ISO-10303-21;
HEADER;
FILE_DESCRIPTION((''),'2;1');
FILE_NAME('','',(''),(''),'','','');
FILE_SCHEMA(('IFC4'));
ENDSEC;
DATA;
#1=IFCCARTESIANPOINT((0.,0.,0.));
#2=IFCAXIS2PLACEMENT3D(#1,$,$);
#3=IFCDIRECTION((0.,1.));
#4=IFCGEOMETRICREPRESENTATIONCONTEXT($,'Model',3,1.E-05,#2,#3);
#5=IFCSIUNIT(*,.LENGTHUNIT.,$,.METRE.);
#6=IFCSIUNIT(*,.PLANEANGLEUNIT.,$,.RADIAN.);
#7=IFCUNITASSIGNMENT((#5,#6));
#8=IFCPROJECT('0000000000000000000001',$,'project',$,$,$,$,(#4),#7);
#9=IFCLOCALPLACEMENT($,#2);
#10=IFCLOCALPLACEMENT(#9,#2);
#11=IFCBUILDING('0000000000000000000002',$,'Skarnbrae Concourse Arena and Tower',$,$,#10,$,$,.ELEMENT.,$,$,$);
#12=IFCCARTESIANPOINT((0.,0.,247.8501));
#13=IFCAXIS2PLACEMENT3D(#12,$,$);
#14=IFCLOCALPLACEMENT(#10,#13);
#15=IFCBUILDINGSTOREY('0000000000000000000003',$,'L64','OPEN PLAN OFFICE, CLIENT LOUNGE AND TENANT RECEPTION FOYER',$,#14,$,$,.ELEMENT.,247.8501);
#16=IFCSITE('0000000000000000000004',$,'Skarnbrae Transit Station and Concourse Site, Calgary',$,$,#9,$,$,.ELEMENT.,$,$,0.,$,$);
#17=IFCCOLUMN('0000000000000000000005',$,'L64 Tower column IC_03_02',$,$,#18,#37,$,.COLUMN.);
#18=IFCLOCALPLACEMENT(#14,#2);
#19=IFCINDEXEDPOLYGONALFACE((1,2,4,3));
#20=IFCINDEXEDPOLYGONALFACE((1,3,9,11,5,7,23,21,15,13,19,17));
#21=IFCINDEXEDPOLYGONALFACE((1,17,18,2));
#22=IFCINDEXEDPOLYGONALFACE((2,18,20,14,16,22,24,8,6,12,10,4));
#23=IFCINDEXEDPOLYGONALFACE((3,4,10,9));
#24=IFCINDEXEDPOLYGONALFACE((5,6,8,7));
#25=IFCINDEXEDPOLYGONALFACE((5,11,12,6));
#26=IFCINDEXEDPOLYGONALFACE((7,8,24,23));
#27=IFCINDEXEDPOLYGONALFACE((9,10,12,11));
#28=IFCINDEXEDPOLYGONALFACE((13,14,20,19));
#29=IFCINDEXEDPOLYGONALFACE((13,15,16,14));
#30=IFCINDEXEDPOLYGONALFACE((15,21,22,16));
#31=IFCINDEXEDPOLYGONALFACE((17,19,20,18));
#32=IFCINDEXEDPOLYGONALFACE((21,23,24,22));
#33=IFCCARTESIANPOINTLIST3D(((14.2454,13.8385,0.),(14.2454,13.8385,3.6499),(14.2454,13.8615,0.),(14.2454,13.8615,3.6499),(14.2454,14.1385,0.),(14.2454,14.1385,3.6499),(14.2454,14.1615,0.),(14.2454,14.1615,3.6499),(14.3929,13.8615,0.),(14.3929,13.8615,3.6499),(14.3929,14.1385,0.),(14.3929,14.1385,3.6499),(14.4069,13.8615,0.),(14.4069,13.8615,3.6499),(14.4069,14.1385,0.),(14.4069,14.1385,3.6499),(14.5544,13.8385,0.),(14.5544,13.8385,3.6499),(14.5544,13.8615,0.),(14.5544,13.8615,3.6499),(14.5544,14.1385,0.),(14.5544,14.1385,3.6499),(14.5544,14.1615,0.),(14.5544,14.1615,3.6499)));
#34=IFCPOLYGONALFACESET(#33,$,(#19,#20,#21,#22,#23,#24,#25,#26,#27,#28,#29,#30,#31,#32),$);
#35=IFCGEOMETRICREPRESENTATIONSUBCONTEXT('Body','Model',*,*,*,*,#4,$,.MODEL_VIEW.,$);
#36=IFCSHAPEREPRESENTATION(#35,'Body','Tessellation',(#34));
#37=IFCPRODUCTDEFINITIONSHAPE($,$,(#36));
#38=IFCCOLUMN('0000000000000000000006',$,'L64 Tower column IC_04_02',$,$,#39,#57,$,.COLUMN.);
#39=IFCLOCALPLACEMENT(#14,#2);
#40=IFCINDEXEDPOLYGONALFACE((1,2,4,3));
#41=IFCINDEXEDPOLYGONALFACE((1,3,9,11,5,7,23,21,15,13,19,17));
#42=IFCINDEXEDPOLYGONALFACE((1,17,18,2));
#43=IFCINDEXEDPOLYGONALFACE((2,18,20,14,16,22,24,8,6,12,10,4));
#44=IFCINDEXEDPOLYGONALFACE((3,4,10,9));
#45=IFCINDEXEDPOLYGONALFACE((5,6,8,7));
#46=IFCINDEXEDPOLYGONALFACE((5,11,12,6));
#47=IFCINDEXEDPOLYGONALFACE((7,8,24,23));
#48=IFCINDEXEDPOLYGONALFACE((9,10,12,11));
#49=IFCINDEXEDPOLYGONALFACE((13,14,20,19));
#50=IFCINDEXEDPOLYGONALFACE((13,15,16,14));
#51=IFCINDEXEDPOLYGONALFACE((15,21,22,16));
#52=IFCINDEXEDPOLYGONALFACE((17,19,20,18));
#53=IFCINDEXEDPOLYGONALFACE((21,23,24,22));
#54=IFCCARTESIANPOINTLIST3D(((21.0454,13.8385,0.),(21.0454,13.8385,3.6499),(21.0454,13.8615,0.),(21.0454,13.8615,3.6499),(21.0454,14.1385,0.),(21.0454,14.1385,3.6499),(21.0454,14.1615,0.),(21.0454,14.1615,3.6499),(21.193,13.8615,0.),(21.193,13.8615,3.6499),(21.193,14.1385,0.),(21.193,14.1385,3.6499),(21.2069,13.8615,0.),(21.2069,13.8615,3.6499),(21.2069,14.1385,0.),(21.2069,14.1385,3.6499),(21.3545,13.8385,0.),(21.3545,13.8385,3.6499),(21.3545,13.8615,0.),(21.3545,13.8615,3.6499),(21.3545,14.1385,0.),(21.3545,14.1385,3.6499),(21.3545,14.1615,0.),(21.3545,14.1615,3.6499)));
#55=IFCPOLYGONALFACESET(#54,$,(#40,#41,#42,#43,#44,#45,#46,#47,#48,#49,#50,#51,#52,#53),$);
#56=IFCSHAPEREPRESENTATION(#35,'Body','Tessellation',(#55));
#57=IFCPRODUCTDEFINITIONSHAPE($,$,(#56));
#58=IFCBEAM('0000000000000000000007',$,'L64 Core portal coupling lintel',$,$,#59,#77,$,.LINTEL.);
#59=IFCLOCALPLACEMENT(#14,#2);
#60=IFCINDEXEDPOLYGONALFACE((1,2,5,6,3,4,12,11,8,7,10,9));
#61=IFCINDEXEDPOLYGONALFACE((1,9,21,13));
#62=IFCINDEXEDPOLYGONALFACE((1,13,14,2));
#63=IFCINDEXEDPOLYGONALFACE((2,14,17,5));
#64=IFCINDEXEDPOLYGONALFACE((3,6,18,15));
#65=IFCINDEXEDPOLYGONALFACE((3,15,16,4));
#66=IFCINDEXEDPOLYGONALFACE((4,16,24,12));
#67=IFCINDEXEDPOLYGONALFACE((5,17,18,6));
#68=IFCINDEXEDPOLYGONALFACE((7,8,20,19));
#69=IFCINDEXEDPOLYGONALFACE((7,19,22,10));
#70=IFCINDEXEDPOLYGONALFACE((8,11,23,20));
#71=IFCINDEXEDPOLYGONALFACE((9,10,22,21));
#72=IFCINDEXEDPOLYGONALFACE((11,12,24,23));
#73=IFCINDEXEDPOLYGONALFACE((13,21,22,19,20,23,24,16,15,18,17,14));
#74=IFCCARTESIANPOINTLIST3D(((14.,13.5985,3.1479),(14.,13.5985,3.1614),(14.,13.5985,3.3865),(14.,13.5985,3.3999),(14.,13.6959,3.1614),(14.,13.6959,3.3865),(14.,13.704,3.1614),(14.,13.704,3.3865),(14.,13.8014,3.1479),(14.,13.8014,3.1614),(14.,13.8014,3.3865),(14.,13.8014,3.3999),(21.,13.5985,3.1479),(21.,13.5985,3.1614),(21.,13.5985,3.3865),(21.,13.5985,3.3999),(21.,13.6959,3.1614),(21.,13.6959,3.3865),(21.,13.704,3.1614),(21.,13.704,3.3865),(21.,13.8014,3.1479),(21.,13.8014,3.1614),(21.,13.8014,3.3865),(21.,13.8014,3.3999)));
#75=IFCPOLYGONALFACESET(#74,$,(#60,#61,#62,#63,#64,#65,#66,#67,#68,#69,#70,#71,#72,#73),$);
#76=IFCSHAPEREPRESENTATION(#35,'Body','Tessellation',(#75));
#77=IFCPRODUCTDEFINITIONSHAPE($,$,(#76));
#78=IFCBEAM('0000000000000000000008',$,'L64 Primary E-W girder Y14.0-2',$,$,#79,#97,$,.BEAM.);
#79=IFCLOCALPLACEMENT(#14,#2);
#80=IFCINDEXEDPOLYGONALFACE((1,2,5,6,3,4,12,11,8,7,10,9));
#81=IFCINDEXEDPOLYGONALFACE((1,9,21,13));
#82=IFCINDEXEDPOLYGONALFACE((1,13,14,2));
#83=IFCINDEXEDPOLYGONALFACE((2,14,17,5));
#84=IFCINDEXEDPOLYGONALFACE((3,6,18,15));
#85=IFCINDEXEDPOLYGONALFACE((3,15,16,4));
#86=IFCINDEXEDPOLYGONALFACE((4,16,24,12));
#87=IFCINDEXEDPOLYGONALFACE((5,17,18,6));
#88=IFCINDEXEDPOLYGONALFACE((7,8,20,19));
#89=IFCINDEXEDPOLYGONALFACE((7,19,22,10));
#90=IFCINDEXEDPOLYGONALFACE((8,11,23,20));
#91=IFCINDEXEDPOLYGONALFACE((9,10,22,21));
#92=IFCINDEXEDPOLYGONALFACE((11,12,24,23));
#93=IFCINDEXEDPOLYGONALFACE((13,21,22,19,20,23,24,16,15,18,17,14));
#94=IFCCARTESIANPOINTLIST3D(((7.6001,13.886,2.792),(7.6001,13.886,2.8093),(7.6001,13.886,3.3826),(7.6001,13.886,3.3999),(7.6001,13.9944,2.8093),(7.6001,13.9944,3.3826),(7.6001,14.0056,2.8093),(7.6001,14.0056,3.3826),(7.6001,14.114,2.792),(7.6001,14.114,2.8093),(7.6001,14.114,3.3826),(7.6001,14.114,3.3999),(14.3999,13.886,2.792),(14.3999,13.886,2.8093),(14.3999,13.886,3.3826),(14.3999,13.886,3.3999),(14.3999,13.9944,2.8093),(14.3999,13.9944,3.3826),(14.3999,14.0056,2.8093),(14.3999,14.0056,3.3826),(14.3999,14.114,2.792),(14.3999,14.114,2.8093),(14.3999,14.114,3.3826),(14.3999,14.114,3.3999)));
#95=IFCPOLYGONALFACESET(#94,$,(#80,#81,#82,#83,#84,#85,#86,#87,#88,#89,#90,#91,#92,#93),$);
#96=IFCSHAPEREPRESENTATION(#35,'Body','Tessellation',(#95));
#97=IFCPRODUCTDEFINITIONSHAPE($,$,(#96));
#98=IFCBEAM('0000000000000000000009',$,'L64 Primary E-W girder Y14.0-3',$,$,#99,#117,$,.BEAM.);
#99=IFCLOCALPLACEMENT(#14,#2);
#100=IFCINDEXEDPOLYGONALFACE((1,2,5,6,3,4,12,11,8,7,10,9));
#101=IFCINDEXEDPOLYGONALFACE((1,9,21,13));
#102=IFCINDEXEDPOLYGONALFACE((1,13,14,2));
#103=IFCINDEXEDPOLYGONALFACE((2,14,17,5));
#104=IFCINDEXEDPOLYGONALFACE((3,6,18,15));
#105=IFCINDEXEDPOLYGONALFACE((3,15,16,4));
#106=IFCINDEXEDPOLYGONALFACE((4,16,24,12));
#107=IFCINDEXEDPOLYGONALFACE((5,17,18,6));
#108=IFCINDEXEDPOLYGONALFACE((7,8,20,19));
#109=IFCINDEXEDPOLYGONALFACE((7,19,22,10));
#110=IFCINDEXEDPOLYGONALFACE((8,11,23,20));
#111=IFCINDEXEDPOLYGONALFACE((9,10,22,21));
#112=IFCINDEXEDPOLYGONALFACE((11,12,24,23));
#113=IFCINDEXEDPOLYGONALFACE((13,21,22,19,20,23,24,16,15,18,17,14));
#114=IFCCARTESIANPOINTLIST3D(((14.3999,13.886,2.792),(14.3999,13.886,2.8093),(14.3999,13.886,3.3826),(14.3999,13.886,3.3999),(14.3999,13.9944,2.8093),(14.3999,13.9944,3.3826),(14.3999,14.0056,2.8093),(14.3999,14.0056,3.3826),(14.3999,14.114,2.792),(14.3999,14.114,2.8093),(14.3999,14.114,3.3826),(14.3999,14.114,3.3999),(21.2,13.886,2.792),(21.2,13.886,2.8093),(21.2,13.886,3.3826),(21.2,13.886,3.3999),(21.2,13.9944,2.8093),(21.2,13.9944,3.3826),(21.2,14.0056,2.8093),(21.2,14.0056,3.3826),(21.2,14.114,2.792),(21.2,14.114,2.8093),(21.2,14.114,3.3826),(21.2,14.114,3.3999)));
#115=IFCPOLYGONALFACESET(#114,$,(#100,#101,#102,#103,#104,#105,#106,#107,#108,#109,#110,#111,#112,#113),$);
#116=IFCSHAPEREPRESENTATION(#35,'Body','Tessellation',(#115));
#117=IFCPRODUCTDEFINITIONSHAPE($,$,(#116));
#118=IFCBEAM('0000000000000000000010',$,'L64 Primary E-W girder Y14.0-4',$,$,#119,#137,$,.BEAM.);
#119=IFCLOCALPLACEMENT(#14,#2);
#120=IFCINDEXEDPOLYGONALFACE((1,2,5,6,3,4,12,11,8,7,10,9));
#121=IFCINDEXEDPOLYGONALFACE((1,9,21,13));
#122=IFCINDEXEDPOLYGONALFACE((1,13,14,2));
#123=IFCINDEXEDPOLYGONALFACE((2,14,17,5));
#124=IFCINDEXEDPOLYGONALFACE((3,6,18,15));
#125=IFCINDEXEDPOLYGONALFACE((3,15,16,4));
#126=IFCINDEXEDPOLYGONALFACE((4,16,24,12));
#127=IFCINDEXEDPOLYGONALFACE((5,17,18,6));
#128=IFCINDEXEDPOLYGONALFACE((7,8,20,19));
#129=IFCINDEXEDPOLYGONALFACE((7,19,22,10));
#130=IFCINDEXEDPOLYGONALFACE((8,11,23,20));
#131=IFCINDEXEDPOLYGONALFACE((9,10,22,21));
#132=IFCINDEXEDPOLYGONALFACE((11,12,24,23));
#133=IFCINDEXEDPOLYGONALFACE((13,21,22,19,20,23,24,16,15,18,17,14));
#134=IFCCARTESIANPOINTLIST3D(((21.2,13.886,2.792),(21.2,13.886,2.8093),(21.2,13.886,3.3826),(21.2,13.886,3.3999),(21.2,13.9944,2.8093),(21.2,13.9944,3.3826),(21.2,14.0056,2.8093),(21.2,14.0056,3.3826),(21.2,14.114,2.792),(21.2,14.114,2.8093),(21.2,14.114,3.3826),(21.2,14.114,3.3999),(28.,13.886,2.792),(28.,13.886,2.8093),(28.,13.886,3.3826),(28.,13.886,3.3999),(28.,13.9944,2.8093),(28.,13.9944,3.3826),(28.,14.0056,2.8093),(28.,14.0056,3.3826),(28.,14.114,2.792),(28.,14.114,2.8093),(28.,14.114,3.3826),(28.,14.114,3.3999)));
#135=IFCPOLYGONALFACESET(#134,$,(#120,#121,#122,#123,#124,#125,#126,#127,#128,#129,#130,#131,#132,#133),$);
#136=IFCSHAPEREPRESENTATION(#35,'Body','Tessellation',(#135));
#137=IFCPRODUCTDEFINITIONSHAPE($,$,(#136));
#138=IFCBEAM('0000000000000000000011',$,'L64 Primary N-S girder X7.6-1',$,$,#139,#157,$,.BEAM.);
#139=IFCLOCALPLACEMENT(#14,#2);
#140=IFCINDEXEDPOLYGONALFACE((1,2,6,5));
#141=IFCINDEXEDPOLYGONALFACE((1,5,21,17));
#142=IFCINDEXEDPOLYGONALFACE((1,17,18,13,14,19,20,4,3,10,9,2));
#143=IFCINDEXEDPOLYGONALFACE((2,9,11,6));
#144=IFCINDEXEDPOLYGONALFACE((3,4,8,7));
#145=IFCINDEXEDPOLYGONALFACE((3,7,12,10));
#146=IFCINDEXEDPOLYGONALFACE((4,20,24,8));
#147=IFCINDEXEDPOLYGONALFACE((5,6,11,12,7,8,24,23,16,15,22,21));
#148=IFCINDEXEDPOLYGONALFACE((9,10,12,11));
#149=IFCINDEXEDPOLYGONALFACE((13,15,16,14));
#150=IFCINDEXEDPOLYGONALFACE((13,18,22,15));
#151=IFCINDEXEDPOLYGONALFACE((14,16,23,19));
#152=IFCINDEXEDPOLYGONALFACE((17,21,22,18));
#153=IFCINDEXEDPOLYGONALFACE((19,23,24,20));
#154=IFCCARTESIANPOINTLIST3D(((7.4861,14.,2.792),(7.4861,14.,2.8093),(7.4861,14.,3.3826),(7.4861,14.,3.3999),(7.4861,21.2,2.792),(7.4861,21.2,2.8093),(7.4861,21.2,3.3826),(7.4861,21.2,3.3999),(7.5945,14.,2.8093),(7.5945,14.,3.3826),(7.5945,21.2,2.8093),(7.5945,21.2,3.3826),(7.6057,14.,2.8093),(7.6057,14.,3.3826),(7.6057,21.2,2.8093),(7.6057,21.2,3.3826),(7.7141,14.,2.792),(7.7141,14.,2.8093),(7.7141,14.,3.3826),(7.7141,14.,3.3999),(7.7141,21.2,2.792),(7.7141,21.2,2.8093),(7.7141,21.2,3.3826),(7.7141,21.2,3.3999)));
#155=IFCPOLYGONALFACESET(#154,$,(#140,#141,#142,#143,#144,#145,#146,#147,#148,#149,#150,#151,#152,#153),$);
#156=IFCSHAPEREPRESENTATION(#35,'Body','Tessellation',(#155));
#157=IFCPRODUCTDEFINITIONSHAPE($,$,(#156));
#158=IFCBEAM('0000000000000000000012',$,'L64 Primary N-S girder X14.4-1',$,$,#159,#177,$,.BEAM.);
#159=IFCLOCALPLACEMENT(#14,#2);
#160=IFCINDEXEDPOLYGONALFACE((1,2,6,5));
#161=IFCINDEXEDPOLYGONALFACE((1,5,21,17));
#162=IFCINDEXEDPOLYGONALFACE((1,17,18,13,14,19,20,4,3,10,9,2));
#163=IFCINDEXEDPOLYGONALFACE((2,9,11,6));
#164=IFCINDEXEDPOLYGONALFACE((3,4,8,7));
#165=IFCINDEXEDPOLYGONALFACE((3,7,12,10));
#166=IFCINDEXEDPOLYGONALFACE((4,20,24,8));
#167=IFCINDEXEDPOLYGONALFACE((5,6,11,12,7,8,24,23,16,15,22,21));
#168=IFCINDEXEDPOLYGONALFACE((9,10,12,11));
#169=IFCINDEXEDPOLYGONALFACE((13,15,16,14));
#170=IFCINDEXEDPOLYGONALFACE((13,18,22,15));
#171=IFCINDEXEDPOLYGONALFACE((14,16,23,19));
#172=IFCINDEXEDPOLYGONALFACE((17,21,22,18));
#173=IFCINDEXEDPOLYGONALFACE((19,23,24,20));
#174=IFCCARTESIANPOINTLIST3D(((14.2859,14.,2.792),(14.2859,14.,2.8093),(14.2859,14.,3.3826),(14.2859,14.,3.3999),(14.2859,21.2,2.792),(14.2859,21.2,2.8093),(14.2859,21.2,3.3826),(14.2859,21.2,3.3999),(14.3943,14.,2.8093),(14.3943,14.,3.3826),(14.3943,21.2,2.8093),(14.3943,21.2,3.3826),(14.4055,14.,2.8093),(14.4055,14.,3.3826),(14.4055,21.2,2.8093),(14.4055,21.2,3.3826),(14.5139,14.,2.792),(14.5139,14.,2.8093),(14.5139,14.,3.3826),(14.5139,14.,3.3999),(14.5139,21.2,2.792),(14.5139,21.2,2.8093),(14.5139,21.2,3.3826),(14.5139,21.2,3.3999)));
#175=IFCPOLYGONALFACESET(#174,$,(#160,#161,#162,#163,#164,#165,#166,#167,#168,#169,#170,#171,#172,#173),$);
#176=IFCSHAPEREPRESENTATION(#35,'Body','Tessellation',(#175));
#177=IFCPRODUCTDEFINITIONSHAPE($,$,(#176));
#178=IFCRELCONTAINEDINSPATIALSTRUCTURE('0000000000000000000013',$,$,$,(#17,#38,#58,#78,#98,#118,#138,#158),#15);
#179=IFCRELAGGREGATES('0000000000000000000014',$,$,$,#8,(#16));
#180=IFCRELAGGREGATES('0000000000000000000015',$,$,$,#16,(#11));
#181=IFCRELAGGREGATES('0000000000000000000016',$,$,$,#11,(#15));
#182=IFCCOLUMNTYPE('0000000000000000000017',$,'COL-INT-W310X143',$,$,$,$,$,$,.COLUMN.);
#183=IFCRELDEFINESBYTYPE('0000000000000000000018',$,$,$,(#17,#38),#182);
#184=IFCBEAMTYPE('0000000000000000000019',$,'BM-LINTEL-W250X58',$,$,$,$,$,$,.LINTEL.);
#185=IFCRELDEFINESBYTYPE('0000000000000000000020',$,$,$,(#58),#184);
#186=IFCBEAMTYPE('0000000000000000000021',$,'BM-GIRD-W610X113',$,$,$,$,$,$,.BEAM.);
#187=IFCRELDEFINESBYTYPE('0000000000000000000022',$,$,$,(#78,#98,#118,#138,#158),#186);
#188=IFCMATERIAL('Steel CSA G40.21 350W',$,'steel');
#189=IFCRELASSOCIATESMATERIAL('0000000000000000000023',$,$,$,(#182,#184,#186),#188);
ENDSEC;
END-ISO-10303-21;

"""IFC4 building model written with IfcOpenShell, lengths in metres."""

from ifc_helpers import new_model, si_unit, direction, frame, origin, origin_2d, place, context, subcontext, project, spatial, i_section, extrude, source, transform, mapped, material, material_profile, profile_set, type_object, element, save


model = new_model("IFC4")

# Units and contexts
model_context = context("Model", 3, precision=1e-05, world=origin(), true_north=direction((0.0, 1.0)))
body_context = subcontext(model_context, "Body", "Model", "MODEL_VIEW")
ifc_project = project(units=[si_unit("LENGTHUNIT", "METRE"), si_unit("PLANEANGLEUNIT", "RADIAN")], contexts=[model_context])

# Site, building, storey
site_placement = place(None, origin())
site = spatial("IfcSite", under=ifc_project, at=site_placement, Name="Skarnbrae Transit Station and Concourse Site, Calgary", CompositionType="ELEMENT", RefElevation=0.0)
building_placement = place(site_placement, origin())
building = spatial("IfcBuilding", under=site, at=building_placement, Name="Skarnbrae Concourse Arena and Tower", CompositionType="ELEMENT")
storey_placement = place(building_placement, frame((0.0, 0.0, 247.8501)))
storey = spatial("IfcBuildingStorey", under=building, at=storey_placement, Name="L64", Description="OPEN PLAN OFFICE, CLIENT LOUNGE AND TENANT RECEPTION FOYER", CompositionType="ELEMENT", Elevation=247.8501)

# Columns
ifc_material_1 = material(Name="Steel CSA G40.21 350W", Category="steel")
ifc_material_profile_1 = material_profile(ifc_material_1, i_section(OverallWidth=0.3091, OverallDepth=0.323, WebThickness=0.0139, FlangeThickness=0.0229, at=origin_2d()), Name="W310X143")
ifc_profile_set_1 = profile_set([ifc_material_profile_1], Name="Steel CSA G40.21 350W")
column_type = type_object("IfcColumnType", Name="COL-INT-W310X143", PredefinedType="COLUMN", material=ifc_profile_set_1)
shared_shape_1 = source(origin(), body_context, "Body", "SweptSolid", [
    extrude(i_section(OverallWidth=0.3091, OverallDepth=0.323, WebThickness=0.0139, FlangeThickness=0.0229, at=origin_2d()), origin(), (0.0, 0.0, 1.0), 3.6499),
])
for number, where, z_axis, x_axis, name in (
    (1, (14.3999, 14.0, 0.0), (0.0, 0.0, 1.0), (1.0, 0.0, 0.0), "L64 Tower column IC_03_02"),
    (2, (21.2, 14.0, 0.0), (0.0, 0.0, 1.0), (1.0, 0.0, 0.0), "L64 Tower column IC_04_02"),
):
    element("IfcColumn", number, at=place(storey_placement, frame(where, z_axis=z_axis, x_axis=x_axis)), inside=storey, type_object=column_type, Name=name, PredefinedType="COLUMN", context=body_context, shape_type="MappedRepresentation", body=[
        mapped(shared_shape_1, transform((0.0, 0.0, 0.0))),
    ])

# Beams
ifc_material_profile_2 = material_profile(ifc_material_1, i_section(OverallWidth=0.2029, OverallDepth=0.252, WebThickness=0.0081, FlangeThickness=0.0134, at=origin_2d()), Name="W250X58")
ifc_profile_set_2 = profile_set([ifc_material_profile_2], Name="Steel CSA G40.21 350W")
beam_type_1 = type_object("IfcBeamType", Name="BM-LINTEL-W250X58", PredefinedType="LINTEL", material=ifc_profile_set_2)
shared_shape_2 = source(origin(), body_context, "Body", "SweptSolid", [
    extrude(i_section(OverallWidth=0.2029, OverallDepth=0.252, WebThickness=0.0081, FlangeThickness=0.0134, at=origin_2d()), origin(), (0.0, 0.0, 1.0), 7.0),
])
beam_1_placement = place(storey_placement, frame((14.0, 13.7, 3.2739), z_axis=(1.0, 0.0, 0.0), x_axis=(0.0, 1.0, 0.0)))
element("IfcBeam", 3, at=beam_1_placement, inside=storey, type_object=beam_type_1, Name="L64 Core portal coupling lintel", PredefinedType="LINTEL", context=body_context, shape_type="MappedRepresentation", body=[
    mapped(shared_shape_2, transform((0.0, 0.0, 0.0))),
])
ifc_material_profile_3 = material_profile(ifc_material_1, i_section(OverallWidth=0.228, OverallDepth=0.6079, WebThickness=0.0112, FlangeThickness=0.0173, at=origin_2d()), Name="W610X113")
ifc_profile_set_3 = profile_set([ifc_material_profile_3], Name="Steel CSA G40.21 350W")
beam_type_2 = type_object("IfcBeamType", Name="BM-GIRD-W610X113", PredefinedType="BEAM", material=ifc_profile_set_3)
shared_shape_3 = source(origin(), body_context, "Body", "SweptSolid", [
    extrude(i_section(OverallWidth=0.228, OverallDepth=0.6079, WebThickness=0.0112, FlangeThickness=0.0173, at=origin_2d()), origin(), (0.0, 0.0, 1.0), 6.7998),
])
beam_2_placement = place(storey_placement, frame((7.6001, 14.0, 3.0959), z_axis=(1.0, 0.0, 0.0), x_axis=(0.0, 1.0, 0.0)))
element("IfcBeam", 4, at=beam_2_placement, inside=storey, type_object=beam_type_2, Name="L64 Primary E-W girder Y14.0-2", PredefinedType="BEAM", context=body_context, shape_type="MappedRepresentation", body=[
    mapped(shared_shape_3, transform((0.0, 0.0, 0.0))),
])
shared_shape_4 = source(origin(), body_context, "Body", "SweptSolid", [
    extrude(i_section(OverallWidth=0.228, OverallDepth=0.6079, WebThickness=0.0112, FlangeThickness=0.0173, at=origin_2d()), origin(), (0.0, 0.0, 1.0), 6.8),
])
for number, where, z_axis, x_axis, name in (
    (5, (14.3999, 14.0, 3.0959), (1.0, 0.0, 0.0), (0.0, 1.0, 0.0), "L64 Primary E-W girder Y14.0-3"),
    (6, (21.2, 14.0, 3.0959), (1.0, 0.0, 0.0), (0.0, 1.0, 0.0), "L64 Primary E-W girder Y14.0-4"),
):
    element("IfcBeam", number, at=place(storey_placement, frame(where, z_axis=z_axis, x_axis=x_axis)), inside=storey, type_object=beam_type_2, Name=name, PredefinedType="BEAM", context=body_context, shape_type="MappedRepresentation", body=[
        mapped(shared_shape_4, transform((0.0, 0.0, 0.0))),
    ])
shared_shape_5 = source(origin(), body_context, "Body", "SweptSolid", [
    extrude(i_section(OverallWidth=0.228, OverallDepth=0.6079, WebThickness=0.0112, FlangeThickness=0.0173, at=origin_2d()), origin(), (0.0, 0.0, 1.0), 7.2),
])
for number, where, z_axis, x_axis, name in (
    (7, (7.6001, 14.0, 3.0959), (0.0, 1.0, 0.0), (-1.0, 0.0, 0.0), "L64 Primary N-S girder X7.6-1"),
    (8, (14.3999, 14.0, 3.0959), (0.0, 1.0, 0.0), (-1.0, 0.0, 0.0), "L64 Primary N-S girder X14.4-1"),
):
    element("IfcBeam", number, at=place(storey_placement, frame(where, z_axis=z_axis, x_axis=x_axis)), inside=storey, type_object=beam_type_2, Name=name, PredefinedType="BEAM", context=body_context, shape_type="MappedRepresentation", body=[
        mapped(shared_shape_5, transform((0.0, 0.0, 0.0))),
    ])

save(model, "model.ifc")
